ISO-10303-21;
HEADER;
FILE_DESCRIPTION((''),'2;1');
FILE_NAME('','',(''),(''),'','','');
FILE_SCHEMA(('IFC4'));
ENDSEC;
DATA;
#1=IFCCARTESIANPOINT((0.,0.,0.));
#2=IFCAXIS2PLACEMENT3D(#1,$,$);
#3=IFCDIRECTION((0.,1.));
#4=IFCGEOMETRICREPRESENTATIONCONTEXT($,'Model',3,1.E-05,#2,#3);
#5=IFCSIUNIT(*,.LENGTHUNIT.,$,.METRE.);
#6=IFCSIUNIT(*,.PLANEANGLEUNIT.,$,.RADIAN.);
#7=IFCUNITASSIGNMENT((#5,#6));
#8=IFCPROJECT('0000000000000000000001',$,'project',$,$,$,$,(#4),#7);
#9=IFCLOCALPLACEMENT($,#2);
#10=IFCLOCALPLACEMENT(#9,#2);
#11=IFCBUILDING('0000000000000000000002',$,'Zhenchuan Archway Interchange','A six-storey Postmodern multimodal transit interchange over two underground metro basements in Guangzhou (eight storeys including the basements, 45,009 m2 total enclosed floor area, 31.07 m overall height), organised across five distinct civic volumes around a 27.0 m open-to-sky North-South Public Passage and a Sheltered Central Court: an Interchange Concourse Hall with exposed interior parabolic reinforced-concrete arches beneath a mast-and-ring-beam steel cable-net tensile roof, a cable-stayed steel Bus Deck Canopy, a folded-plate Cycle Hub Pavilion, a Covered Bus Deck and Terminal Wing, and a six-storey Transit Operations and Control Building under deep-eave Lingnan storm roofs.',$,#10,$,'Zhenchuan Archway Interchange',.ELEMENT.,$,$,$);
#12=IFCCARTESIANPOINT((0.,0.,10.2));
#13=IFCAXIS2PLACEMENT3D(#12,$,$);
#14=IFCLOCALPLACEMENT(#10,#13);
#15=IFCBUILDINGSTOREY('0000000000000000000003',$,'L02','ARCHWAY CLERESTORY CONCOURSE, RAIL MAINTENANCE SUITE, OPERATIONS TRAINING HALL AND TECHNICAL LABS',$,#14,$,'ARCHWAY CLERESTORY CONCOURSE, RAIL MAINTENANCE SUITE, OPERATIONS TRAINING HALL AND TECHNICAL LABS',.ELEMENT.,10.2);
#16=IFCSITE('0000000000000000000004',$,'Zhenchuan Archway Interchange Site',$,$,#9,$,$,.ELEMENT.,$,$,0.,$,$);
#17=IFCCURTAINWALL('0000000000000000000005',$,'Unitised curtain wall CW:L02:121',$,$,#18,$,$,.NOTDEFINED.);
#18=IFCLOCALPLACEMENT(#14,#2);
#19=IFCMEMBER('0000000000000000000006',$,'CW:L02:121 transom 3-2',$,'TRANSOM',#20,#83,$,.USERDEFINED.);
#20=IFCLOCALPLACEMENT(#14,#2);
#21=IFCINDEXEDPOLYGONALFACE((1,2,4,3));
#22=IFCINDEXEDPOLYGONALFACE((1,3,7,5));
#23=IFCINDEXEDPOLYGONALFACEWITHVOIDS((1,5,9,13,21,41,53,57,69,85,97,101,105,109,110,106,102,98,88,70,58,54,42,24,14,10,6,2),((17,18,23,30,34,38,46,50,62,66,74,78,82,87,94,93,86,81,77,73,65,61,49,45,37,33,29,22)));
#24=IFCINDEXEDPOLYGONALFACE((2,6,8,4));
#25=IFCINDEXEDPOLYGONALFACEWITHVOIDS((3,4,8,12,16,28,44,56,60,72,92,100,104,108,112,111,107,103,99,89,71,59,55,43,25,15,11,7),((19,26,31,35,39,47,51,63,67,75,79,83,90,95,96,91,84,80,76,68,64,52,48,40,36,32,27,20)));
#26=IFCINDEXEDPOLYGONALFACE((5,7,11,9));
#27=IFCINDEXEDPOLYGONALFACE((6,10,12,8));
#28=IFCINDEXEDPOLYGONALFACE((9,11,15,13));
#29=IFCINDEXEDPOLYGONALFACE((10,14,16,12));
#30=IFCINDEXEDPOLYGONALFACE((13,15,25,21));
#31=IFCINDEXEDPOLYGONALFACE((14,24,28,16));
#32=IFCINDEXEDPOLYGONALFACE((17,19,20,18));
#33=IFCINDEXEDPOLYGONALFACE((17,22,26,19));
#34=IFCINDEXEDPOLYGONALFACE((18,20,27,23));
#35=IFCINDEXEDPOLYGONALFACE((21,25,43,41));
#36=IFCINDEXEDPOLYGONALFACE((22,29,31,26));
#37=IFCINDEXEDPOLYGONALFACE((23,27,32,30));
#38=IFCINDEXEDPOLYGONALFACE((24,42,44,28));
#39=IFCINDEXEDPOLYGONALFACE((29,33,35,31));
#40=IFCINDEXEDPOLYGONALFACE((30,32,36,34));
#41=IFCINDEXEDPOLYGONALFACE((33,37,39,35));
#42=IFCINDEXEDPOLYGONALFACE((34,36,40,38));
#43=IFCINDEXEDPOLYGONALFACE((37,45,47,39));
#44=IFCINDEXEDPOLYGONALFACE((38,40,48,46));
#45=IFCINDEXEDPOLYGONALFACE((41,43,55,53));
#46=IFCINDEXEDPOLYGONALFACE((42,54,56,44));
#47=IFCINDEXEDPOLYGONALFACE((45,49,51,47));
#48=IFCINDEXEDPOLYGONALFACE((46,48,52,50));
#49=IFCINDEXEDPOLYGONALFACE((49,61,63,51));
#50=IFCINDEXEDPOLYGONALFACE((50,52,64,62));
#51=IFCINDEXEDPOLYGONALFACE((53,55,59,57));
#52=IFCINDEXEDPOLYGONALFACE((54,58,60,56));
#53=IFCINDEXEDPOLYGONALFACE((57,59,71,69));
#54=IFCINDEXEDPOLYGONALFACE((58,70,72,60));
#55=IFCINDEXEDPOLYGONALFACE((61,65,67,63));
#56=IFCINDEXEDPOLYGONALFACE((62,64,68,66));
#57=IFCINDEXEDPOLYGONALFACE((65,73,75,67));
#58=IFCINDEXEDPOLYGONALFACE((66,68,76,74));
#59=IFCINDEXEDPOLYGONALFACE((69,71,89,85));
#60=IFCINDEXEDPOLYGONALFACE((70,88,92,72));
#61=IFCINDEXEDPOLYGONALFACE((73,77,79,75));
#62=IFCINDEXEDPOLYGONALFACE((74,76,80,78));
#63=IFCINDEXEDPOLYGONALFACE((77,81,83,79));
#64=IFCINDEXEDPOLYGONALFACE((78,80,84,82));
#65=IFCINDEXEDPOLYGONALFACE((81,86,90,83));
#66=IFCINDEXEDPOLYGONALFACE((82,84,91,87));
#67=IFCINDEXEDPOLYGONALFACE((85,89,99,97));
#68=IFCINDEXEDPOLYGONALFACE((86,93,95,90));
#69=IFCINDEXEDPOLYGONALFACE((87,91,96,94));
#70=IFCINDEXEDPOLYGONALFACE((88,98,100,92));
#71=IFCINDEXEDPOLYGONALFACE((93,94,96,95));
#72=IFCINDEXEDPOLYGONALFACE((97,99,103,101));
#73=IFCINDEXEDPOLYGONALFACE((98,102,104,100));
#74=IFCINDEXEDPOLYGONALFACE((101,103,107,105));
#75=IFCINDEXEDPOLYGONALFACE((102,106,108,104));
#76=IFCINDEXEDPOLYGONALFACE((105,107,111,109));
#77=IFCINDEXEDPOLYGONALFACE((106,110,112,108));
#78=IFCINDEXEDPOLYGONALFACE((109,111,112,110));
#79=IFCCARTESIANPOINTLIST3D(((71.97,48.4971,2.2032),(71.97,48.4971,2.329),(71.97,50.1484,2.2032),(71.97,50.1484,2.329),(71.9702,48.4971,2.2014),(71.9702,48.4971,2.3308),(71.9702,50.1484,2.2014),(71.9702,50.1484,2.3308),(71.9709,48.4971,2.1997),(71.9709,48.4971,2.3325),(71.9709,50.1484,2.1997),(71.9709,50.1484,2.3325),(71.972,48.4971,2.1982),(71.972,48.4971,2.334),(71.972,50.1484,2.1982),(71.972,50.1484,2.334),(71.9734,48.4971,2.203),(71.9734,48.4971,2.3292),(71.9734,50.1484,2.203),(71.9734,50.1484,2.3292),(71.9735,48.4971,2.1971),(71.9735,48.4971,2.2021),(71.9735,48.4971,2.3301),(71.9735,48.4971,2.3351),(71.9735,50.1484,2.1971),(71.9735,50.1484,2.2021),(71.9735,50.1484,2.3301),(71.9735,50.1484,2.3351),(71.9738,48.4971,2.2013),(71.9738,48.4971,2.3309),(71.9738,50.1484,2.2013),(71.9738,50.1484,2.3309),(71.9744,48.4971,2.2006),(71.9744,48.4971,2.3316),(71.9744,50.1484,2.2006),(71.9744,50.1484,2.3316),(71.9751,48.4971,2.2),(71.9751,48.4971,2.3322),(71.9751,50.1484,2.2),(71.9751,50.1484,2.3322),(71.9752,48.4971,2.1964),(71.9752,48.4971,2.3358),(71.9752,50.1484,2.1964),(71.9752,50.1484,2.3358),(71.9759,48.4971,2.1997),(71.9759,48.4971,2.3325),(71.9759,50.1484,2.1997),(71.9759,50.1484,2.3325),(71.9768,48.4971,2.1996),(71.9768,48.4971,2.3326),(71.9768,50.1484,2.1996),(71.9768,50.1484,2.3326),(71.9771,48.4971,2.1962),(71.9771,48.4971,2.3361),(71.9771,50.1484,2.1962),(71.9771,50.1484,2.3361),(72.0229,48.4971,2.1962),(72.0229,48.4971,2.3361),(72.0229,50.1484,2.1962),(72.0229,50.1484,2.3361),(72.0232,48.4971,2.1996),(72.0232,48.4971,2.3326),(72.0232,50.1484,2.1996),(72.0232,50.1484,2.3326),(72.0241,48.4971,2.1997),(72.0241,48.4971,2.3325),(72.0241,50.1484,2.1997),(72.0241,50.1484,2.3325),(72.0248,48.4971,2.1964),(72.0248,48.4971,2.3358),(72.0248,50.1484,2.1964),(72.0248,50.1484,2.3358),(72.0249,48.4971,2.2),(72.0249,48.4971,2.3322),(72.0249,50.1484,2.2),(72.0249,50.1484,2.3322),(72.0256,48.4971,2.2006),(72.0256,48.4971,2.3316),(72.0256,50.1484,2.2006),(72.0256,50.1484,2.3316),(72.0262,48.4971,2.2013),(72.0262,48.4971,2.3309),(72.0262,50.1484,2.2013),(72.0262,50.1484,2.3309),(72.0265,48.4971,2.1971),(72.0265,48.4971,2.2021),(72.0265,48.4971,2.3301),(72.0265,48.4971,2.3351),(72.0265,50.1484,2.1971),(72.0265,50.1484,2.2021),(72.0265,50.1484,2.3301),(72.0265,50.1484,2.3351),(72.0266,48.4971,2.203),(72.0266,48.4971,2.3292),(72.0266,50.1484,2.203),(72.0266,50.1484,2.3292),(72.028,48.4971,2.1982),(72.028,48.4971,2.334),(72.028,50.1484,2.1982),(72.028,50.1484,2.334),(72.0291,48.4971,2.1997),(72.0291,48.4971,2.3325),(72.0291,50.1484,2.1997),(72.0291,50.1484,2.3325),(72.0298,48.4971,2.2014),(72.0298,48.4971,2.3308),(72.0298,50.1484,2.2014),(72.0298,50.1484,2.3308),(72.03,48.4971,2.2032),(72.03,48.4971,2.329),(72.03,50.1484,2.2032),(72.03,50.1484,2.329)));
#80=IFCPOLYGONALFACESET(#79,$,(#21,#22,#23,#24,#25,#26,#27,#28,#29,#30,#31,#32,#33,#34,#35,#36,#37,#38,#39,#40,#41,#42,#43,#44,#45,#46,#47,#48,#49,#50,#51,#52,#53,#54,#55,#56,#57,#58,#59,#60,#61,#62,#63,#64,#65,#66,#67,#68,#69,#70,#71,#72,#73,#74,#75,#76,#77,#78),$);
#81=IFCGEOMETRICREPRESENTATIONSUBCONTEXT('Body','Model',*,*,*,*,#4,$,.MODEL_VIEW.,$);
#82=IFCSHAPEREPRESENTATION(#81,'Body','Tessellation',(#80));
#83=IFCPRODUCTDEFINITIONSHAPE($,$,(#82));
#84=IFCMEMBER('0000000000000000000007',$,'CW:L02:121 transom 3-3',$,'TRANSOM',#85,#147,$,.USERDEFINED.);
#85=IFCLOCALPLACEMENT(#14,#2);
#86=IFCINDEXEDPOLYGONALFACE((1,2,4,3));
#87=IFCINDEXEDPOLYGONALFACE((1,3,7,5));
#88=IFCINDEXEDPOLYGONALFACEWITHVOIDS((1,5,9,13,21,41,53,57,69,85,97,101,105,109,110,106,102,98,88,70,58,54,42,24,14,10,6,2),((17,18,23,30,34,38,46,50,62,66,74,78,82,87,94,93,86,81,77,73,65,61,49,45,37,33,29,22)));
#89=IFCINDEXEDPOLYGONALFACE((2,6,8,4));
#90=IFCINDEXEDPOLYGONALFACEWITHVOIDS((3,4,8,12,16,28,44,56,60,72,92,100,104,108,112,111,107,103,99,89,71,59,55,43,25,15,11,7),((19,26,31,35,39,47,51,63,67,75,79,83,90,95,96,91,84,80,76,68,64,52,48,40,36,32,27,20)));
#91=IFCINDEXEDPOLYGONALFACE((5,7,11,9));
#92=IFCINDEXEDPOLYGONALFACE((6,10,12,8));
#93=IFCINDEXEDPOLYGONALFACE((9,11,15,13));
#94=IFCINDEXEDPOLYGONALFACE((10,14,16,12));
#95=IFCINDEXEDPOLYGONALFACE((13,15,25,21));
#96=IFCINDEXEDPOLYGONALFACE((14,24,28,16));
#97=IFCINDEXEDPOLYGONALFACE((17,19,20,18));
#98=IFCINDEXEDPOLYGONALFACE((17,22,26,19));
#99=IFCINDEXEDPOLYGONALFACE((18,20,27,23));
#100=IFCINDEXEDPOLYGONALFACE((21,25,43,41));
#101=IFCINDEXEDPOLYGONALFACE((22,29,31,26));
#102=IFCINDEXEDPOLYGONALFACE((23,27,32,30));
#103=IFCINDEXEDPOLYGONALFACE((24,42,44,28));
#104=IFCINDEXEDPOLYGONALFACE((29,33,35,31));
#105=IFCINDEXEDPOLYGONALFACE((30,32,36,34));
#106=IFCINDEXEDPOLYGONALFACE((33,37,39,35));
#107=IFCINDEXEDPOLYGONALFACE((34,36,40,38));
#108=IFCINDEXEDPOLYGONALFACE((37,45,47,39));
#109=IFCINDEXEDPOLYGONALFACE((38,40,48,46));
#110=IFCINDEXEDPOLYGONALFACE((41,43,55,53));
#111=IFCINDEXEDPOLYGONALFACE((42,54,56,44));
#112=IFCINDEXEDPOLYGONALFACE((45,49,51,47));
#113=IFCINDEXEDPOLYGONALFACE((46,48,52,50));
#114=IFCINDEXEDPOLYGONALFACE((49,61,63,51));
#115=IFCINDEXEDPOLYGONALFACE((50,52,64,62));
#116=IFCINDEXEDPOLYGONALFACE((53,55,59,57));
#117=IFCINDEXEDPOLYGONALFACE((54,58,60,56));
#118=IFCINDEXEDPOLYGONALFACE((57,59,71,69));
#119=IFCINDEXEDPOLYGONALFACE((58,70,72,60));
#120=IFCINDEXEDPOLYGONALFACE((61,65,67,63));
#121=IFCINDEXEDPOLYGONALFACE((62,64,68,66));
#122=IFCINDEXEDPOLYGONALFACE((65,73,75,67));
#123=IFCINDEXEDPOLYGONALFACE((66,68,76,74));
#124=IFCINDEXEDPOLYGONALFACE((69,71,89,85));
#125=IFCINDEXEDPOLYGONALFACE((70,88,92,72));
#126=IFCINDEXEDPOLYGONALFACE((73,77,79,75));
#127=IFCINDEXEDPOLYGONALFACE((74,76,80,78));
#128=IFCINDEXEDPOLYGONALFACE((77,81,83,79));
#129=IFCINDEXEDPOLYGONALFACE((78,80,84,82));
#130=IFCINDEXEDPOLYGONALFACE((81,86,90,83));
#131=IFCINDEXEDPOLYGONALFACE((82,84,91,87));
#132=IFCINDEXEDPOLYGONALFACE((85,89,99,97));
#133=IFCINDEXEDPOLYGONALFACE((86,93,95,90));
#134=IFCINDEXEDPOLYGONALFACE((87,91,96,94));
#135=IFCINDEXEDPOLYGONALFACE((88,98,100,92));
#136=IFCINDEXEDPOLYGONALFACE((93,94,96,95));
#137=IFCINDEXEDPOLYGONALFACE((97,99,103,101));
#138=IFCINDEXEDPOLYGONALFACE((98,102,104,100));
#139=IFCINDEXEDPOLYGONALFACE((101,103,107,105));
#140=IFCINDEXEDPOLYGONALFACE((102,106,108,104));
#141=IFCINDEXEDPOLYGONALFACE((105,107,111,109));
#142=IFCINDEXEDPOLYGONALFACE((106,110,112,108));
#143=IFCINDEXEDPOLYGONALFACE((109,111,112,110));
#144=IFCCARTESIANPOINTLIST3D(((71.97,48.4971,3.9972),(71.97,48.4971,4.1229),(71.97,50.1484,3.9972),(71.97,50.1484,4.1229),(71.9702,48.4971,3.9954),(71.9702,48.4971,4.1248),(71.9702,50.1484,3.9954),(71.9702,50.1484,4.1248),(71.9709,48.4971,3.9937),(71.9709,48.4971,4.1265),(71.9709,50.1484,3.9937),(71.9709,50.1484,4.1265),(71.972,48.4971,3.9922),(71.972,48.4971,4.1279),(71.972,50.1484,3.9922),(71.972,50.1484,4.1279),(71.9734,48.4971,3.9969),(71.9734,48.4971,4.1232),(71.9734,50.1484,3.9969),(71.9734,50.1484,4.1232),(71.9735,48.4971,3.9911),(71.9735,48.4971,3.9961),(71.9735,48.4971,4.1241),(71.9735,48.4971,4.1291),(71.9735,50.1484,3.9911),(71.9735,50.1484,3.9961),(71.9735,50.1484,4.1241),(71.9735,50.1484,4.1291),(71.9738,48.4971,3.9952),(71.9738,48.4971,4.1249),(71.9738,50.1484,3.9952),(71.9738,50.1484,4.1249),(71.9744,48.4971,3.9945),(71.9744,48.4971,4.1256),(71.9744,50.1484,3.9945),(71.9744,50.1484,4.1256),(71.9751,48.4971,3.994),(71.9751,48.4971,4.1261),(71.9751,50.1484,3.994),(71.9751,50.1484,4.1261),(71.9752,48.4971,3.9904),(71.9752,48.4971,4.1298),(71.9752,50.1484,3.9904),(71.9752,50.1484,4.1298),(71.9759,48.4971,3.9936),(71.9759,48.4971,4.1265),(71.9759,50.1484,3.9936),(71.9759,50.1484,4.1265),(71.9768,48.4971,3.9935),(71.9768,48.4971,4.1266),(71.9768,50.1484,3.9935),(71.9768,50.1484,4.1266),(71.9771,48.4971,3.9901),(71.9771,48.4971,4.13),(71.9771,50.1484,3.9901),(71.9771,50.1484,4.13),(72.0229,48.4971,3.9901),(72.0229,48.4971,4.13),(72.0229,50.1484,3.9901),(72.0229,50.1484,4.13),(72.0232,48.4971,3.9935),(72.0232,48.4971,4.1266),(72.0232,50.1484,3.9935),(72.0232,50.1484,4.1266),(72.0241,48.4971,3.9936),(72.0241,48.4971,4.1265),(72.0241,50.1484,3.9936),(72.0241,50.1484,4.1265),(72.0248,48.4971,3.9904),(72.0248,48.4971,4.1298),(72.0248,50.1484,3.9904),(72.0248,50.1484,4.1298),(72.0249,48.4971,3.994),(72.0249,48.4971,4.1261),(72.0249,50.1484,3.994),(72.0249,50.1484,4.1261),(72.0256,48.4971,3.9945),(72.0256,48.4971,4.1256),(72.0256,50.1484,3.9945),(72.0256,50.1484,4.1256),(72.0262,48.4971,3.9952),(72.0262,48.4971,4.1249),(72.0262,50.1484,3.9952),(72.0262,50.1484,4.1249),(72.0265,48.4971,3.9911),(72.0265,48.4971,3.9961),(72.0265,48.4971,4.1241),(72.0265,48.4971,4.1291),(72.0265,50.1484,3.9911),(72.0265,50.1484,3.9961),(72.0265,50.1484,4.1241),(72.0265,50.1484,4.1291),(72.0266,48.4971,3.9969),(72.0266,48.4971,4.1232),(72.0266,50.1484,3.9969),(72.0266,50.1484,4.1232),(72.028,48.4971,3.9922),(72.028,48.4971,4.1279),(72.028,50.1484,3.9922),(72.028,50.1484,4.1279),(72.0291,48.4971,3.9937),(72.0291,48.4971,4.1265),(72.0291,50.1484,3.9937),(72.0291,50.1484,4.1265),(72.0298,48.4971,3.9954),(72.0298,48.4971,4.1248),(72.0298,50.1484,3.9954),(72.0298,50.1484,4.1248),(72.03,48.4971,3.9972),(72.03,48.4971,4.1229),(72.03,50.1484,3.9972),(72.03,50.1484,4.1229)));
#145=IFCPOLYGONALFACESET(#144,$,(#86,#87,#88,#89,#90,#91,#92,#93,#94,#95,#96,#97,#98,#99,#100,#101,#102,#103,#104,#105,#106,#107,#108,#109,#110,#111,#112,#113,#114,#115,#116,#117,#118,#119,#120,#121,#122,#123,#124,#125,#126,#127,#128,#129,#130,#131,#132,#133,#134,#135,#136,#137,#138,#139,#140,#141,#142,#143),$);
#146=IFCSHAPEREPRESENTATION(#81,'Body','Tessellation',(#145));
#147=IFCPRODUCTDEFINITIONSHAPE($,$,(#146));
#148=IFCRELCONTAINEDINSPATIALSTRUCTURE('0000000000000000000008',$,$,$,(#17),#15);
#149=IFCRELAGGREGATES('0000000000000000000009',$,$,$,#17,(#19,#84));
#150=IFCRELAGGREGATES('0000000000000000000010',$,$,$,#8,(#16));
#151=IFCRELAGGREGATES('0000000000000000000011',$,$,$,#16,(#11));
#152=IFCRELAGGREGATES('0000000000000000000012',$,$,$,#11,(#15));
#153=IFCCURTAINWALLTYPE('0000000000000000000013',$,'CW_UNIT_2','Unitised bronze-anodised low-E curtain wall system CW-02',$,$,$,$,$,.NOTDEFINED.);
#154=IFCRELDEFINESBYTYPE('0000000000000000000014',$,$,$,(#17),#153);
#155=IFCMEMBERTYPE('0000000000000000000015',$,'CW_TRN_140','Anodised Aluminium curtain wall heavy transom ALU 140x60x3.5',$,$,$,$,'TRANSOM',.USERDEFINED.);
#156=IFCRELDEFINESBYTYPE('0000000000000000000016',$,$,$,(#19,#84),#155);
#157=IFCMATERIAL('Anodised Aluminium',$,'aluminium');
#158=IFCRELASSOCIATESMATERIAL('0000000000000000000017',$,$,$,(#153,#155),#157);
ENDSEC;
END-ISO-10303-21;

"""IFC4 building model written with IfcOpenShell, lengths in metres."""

from ifc_helpers import new_model, si_unit, direction, frame, origin, origin_2d, place, context, subcontext, project, spatial, hollow_rectangle, extrude, material, material_profile, profile_set, type_object, element, aggregate, save


model = new_model("IFC4")

# Units and contexts
model_context = context("Model", 3, precision=1e-05, world=origin(), true_north=direction((0.0, 1.0)))
body_context = subcontext(model_context, "Body", "Model", "MODEL_VIEW")
ifc_project = project(units=[si_unit("LENGTHUNIT", "METRE"), si_unit("PLANEANGLEUNIT", "RADIAN")], contexts=[model_context])

# Site, building, storey
site_placement = place(None, origin())
site = spatial("IfcSite", under=ifc_project, at=site_placement, Name="Zhenchuan Archway Interchange Site", CompositionType="ELEMENT", RefElevation=0.0)
building_placement = place(site_placement, origin())
building = spatial("IfcBuilding", under=site, at=building_placement, Name="Zhenchuan Archway Interchange", Description="A six-storey Postmodern multimodal transit interchange over two underground metro basements in Guangzhou (eight storeys including the basements, 45,009 m2 total enclosed floor area, 31.07 m overall height), organised across five distinct civic volumes around a 27.0 m open-to-sky North-South Public Passage and a Sheltered Central Court: an Interchange Concourse Hall with exposed interior parabolic reinforced-concrete arches beneath a mast-and-ring-beam steel cable-net tensile roof, a cable-stayed steel Bus Deck Canopy, a folded-plate Cycle Hub Pavilion, a Covered Bus Deck and Terminal Wing, and a six-storey Transit Operations and Control Building under deep-eave Lingnan storm roofs.", LongName="Zhenchuan Archway Interchange", CompositionType="ELEMENT")
storey_placement = place(building_placement, frame((0.0, 0.0, 10.2)))
storey = spatial("IfcBuildingStorey", under=building, at=storey_placement, Name="L02", Description="ARCHWAY CLERESTORY CONCOURSE, RAIL MAINTENANCE SUITE, OPERATIONS TRAINING HALL AND TECHNICAL LABS", LongName="ARCHWAY CLERESTORY CONCOURSE, RAIL MAINTENANCE SUITE, OPERATIONS TRAINING HALL AND TECHNICAL LABS", CompositionType="ELEMENT", Elevation=10.2)

# Curtain wall
ifc_material_1 = material(Name="Anodised Aluminium", Category="aluminium")
curtain_wall_type_1 = type_object("IfcCurtainWallType", Name="CW_UNIT_2", Description="Unitised bronze-anodised low-E curtain wall system CW-02", PredefinedType="NOTDEFINED", material=ifc_material_1)
curtain_wall_1_placement = place(storey_placement, origin())
curtain_wall_1 = element("IfcCurtainWall", 1, at=curtain_wall_1_placement, inside=storey, type_object=curtain_wall_type_1, Name="Unitised curtain wall CW:L02:121", PredefinedType="NOTDEFINED")

# Members
ifc_material_profile_1 = material_profile(ifc_material_1, hollow_rectangle(XDim=0.0601, YDim=0.1399, WallThickness=0.0034, InnerFilletRadius=0.0034, OuterFilletRadius=0.0071, at=origin_2d()), Name="ALU 140x60x3.5")
ifc_profile_set_1 = profile_set([ifc_material_profile_1], Name="Anodised Aluminium")
member_type_1 = type_object("IfcMemberType", Name="CW_TRN_140", Description="Anodised Aluminium curtain wall heavy transom ALU 140x60x3.5", ElementType="TRANSOM", PredefinedType="USERDEFINED", material=ifc_profile_set_1)
member_1_placement = place(storey_placement, frame((72.0, 50.1484, 2.2661), z_axis=(0.0, -1.0, 0.0), x_axis=(1.0, 0.0, 0.0)))
member_1 = element("IfcMember", 2, at=member_1_placement, type_object=member_type_1, Name="CW:L02:121 transom 3-2", ObjectType="TRANSOM", PredefinedType="USERDEFINED", context=body_context, shape_type="SweptSolid", body=[
    extrude(hollow_rectangle(XDim=0.0601, YDim=0.1399, WallThickness=0.0034, InnerFilletRadius=0.0034, OuterFilletRadius=0.0071, at=origin_2d()), origin(), (0.0, 0.0, 1.0), 1.6514),
])
member_2_placement = place(storey_placement, frame((72.0, 50.1484, 4.0601), z_axis=(0.0, -1.0, 0.0), x_axis=(1.0, 0.0, 0.0)))
member_2 = element("IfcMember", 3, at=member_2_placement, type_object=member_type_1, Name="CW:L02:121 transom 3-3", ObjectType="TRANSOM", PredefinedType="USERDEFINED", context=body_context, shape_type="SweptSolid", body=[
    extrude(hollow_rectangle(XDim=0.0601, YDim=0.1399, WallThickness=0.0034, InnerFilletRadius=0.0034, OuterFilletRadius=0.0071, at=origin_2d()), origin(), (0.0, 0.0, 1.0), 1.6514),
])

aggregate(curtain_wall_1, [member_1, member_2])

save(model, "model.ifc")
